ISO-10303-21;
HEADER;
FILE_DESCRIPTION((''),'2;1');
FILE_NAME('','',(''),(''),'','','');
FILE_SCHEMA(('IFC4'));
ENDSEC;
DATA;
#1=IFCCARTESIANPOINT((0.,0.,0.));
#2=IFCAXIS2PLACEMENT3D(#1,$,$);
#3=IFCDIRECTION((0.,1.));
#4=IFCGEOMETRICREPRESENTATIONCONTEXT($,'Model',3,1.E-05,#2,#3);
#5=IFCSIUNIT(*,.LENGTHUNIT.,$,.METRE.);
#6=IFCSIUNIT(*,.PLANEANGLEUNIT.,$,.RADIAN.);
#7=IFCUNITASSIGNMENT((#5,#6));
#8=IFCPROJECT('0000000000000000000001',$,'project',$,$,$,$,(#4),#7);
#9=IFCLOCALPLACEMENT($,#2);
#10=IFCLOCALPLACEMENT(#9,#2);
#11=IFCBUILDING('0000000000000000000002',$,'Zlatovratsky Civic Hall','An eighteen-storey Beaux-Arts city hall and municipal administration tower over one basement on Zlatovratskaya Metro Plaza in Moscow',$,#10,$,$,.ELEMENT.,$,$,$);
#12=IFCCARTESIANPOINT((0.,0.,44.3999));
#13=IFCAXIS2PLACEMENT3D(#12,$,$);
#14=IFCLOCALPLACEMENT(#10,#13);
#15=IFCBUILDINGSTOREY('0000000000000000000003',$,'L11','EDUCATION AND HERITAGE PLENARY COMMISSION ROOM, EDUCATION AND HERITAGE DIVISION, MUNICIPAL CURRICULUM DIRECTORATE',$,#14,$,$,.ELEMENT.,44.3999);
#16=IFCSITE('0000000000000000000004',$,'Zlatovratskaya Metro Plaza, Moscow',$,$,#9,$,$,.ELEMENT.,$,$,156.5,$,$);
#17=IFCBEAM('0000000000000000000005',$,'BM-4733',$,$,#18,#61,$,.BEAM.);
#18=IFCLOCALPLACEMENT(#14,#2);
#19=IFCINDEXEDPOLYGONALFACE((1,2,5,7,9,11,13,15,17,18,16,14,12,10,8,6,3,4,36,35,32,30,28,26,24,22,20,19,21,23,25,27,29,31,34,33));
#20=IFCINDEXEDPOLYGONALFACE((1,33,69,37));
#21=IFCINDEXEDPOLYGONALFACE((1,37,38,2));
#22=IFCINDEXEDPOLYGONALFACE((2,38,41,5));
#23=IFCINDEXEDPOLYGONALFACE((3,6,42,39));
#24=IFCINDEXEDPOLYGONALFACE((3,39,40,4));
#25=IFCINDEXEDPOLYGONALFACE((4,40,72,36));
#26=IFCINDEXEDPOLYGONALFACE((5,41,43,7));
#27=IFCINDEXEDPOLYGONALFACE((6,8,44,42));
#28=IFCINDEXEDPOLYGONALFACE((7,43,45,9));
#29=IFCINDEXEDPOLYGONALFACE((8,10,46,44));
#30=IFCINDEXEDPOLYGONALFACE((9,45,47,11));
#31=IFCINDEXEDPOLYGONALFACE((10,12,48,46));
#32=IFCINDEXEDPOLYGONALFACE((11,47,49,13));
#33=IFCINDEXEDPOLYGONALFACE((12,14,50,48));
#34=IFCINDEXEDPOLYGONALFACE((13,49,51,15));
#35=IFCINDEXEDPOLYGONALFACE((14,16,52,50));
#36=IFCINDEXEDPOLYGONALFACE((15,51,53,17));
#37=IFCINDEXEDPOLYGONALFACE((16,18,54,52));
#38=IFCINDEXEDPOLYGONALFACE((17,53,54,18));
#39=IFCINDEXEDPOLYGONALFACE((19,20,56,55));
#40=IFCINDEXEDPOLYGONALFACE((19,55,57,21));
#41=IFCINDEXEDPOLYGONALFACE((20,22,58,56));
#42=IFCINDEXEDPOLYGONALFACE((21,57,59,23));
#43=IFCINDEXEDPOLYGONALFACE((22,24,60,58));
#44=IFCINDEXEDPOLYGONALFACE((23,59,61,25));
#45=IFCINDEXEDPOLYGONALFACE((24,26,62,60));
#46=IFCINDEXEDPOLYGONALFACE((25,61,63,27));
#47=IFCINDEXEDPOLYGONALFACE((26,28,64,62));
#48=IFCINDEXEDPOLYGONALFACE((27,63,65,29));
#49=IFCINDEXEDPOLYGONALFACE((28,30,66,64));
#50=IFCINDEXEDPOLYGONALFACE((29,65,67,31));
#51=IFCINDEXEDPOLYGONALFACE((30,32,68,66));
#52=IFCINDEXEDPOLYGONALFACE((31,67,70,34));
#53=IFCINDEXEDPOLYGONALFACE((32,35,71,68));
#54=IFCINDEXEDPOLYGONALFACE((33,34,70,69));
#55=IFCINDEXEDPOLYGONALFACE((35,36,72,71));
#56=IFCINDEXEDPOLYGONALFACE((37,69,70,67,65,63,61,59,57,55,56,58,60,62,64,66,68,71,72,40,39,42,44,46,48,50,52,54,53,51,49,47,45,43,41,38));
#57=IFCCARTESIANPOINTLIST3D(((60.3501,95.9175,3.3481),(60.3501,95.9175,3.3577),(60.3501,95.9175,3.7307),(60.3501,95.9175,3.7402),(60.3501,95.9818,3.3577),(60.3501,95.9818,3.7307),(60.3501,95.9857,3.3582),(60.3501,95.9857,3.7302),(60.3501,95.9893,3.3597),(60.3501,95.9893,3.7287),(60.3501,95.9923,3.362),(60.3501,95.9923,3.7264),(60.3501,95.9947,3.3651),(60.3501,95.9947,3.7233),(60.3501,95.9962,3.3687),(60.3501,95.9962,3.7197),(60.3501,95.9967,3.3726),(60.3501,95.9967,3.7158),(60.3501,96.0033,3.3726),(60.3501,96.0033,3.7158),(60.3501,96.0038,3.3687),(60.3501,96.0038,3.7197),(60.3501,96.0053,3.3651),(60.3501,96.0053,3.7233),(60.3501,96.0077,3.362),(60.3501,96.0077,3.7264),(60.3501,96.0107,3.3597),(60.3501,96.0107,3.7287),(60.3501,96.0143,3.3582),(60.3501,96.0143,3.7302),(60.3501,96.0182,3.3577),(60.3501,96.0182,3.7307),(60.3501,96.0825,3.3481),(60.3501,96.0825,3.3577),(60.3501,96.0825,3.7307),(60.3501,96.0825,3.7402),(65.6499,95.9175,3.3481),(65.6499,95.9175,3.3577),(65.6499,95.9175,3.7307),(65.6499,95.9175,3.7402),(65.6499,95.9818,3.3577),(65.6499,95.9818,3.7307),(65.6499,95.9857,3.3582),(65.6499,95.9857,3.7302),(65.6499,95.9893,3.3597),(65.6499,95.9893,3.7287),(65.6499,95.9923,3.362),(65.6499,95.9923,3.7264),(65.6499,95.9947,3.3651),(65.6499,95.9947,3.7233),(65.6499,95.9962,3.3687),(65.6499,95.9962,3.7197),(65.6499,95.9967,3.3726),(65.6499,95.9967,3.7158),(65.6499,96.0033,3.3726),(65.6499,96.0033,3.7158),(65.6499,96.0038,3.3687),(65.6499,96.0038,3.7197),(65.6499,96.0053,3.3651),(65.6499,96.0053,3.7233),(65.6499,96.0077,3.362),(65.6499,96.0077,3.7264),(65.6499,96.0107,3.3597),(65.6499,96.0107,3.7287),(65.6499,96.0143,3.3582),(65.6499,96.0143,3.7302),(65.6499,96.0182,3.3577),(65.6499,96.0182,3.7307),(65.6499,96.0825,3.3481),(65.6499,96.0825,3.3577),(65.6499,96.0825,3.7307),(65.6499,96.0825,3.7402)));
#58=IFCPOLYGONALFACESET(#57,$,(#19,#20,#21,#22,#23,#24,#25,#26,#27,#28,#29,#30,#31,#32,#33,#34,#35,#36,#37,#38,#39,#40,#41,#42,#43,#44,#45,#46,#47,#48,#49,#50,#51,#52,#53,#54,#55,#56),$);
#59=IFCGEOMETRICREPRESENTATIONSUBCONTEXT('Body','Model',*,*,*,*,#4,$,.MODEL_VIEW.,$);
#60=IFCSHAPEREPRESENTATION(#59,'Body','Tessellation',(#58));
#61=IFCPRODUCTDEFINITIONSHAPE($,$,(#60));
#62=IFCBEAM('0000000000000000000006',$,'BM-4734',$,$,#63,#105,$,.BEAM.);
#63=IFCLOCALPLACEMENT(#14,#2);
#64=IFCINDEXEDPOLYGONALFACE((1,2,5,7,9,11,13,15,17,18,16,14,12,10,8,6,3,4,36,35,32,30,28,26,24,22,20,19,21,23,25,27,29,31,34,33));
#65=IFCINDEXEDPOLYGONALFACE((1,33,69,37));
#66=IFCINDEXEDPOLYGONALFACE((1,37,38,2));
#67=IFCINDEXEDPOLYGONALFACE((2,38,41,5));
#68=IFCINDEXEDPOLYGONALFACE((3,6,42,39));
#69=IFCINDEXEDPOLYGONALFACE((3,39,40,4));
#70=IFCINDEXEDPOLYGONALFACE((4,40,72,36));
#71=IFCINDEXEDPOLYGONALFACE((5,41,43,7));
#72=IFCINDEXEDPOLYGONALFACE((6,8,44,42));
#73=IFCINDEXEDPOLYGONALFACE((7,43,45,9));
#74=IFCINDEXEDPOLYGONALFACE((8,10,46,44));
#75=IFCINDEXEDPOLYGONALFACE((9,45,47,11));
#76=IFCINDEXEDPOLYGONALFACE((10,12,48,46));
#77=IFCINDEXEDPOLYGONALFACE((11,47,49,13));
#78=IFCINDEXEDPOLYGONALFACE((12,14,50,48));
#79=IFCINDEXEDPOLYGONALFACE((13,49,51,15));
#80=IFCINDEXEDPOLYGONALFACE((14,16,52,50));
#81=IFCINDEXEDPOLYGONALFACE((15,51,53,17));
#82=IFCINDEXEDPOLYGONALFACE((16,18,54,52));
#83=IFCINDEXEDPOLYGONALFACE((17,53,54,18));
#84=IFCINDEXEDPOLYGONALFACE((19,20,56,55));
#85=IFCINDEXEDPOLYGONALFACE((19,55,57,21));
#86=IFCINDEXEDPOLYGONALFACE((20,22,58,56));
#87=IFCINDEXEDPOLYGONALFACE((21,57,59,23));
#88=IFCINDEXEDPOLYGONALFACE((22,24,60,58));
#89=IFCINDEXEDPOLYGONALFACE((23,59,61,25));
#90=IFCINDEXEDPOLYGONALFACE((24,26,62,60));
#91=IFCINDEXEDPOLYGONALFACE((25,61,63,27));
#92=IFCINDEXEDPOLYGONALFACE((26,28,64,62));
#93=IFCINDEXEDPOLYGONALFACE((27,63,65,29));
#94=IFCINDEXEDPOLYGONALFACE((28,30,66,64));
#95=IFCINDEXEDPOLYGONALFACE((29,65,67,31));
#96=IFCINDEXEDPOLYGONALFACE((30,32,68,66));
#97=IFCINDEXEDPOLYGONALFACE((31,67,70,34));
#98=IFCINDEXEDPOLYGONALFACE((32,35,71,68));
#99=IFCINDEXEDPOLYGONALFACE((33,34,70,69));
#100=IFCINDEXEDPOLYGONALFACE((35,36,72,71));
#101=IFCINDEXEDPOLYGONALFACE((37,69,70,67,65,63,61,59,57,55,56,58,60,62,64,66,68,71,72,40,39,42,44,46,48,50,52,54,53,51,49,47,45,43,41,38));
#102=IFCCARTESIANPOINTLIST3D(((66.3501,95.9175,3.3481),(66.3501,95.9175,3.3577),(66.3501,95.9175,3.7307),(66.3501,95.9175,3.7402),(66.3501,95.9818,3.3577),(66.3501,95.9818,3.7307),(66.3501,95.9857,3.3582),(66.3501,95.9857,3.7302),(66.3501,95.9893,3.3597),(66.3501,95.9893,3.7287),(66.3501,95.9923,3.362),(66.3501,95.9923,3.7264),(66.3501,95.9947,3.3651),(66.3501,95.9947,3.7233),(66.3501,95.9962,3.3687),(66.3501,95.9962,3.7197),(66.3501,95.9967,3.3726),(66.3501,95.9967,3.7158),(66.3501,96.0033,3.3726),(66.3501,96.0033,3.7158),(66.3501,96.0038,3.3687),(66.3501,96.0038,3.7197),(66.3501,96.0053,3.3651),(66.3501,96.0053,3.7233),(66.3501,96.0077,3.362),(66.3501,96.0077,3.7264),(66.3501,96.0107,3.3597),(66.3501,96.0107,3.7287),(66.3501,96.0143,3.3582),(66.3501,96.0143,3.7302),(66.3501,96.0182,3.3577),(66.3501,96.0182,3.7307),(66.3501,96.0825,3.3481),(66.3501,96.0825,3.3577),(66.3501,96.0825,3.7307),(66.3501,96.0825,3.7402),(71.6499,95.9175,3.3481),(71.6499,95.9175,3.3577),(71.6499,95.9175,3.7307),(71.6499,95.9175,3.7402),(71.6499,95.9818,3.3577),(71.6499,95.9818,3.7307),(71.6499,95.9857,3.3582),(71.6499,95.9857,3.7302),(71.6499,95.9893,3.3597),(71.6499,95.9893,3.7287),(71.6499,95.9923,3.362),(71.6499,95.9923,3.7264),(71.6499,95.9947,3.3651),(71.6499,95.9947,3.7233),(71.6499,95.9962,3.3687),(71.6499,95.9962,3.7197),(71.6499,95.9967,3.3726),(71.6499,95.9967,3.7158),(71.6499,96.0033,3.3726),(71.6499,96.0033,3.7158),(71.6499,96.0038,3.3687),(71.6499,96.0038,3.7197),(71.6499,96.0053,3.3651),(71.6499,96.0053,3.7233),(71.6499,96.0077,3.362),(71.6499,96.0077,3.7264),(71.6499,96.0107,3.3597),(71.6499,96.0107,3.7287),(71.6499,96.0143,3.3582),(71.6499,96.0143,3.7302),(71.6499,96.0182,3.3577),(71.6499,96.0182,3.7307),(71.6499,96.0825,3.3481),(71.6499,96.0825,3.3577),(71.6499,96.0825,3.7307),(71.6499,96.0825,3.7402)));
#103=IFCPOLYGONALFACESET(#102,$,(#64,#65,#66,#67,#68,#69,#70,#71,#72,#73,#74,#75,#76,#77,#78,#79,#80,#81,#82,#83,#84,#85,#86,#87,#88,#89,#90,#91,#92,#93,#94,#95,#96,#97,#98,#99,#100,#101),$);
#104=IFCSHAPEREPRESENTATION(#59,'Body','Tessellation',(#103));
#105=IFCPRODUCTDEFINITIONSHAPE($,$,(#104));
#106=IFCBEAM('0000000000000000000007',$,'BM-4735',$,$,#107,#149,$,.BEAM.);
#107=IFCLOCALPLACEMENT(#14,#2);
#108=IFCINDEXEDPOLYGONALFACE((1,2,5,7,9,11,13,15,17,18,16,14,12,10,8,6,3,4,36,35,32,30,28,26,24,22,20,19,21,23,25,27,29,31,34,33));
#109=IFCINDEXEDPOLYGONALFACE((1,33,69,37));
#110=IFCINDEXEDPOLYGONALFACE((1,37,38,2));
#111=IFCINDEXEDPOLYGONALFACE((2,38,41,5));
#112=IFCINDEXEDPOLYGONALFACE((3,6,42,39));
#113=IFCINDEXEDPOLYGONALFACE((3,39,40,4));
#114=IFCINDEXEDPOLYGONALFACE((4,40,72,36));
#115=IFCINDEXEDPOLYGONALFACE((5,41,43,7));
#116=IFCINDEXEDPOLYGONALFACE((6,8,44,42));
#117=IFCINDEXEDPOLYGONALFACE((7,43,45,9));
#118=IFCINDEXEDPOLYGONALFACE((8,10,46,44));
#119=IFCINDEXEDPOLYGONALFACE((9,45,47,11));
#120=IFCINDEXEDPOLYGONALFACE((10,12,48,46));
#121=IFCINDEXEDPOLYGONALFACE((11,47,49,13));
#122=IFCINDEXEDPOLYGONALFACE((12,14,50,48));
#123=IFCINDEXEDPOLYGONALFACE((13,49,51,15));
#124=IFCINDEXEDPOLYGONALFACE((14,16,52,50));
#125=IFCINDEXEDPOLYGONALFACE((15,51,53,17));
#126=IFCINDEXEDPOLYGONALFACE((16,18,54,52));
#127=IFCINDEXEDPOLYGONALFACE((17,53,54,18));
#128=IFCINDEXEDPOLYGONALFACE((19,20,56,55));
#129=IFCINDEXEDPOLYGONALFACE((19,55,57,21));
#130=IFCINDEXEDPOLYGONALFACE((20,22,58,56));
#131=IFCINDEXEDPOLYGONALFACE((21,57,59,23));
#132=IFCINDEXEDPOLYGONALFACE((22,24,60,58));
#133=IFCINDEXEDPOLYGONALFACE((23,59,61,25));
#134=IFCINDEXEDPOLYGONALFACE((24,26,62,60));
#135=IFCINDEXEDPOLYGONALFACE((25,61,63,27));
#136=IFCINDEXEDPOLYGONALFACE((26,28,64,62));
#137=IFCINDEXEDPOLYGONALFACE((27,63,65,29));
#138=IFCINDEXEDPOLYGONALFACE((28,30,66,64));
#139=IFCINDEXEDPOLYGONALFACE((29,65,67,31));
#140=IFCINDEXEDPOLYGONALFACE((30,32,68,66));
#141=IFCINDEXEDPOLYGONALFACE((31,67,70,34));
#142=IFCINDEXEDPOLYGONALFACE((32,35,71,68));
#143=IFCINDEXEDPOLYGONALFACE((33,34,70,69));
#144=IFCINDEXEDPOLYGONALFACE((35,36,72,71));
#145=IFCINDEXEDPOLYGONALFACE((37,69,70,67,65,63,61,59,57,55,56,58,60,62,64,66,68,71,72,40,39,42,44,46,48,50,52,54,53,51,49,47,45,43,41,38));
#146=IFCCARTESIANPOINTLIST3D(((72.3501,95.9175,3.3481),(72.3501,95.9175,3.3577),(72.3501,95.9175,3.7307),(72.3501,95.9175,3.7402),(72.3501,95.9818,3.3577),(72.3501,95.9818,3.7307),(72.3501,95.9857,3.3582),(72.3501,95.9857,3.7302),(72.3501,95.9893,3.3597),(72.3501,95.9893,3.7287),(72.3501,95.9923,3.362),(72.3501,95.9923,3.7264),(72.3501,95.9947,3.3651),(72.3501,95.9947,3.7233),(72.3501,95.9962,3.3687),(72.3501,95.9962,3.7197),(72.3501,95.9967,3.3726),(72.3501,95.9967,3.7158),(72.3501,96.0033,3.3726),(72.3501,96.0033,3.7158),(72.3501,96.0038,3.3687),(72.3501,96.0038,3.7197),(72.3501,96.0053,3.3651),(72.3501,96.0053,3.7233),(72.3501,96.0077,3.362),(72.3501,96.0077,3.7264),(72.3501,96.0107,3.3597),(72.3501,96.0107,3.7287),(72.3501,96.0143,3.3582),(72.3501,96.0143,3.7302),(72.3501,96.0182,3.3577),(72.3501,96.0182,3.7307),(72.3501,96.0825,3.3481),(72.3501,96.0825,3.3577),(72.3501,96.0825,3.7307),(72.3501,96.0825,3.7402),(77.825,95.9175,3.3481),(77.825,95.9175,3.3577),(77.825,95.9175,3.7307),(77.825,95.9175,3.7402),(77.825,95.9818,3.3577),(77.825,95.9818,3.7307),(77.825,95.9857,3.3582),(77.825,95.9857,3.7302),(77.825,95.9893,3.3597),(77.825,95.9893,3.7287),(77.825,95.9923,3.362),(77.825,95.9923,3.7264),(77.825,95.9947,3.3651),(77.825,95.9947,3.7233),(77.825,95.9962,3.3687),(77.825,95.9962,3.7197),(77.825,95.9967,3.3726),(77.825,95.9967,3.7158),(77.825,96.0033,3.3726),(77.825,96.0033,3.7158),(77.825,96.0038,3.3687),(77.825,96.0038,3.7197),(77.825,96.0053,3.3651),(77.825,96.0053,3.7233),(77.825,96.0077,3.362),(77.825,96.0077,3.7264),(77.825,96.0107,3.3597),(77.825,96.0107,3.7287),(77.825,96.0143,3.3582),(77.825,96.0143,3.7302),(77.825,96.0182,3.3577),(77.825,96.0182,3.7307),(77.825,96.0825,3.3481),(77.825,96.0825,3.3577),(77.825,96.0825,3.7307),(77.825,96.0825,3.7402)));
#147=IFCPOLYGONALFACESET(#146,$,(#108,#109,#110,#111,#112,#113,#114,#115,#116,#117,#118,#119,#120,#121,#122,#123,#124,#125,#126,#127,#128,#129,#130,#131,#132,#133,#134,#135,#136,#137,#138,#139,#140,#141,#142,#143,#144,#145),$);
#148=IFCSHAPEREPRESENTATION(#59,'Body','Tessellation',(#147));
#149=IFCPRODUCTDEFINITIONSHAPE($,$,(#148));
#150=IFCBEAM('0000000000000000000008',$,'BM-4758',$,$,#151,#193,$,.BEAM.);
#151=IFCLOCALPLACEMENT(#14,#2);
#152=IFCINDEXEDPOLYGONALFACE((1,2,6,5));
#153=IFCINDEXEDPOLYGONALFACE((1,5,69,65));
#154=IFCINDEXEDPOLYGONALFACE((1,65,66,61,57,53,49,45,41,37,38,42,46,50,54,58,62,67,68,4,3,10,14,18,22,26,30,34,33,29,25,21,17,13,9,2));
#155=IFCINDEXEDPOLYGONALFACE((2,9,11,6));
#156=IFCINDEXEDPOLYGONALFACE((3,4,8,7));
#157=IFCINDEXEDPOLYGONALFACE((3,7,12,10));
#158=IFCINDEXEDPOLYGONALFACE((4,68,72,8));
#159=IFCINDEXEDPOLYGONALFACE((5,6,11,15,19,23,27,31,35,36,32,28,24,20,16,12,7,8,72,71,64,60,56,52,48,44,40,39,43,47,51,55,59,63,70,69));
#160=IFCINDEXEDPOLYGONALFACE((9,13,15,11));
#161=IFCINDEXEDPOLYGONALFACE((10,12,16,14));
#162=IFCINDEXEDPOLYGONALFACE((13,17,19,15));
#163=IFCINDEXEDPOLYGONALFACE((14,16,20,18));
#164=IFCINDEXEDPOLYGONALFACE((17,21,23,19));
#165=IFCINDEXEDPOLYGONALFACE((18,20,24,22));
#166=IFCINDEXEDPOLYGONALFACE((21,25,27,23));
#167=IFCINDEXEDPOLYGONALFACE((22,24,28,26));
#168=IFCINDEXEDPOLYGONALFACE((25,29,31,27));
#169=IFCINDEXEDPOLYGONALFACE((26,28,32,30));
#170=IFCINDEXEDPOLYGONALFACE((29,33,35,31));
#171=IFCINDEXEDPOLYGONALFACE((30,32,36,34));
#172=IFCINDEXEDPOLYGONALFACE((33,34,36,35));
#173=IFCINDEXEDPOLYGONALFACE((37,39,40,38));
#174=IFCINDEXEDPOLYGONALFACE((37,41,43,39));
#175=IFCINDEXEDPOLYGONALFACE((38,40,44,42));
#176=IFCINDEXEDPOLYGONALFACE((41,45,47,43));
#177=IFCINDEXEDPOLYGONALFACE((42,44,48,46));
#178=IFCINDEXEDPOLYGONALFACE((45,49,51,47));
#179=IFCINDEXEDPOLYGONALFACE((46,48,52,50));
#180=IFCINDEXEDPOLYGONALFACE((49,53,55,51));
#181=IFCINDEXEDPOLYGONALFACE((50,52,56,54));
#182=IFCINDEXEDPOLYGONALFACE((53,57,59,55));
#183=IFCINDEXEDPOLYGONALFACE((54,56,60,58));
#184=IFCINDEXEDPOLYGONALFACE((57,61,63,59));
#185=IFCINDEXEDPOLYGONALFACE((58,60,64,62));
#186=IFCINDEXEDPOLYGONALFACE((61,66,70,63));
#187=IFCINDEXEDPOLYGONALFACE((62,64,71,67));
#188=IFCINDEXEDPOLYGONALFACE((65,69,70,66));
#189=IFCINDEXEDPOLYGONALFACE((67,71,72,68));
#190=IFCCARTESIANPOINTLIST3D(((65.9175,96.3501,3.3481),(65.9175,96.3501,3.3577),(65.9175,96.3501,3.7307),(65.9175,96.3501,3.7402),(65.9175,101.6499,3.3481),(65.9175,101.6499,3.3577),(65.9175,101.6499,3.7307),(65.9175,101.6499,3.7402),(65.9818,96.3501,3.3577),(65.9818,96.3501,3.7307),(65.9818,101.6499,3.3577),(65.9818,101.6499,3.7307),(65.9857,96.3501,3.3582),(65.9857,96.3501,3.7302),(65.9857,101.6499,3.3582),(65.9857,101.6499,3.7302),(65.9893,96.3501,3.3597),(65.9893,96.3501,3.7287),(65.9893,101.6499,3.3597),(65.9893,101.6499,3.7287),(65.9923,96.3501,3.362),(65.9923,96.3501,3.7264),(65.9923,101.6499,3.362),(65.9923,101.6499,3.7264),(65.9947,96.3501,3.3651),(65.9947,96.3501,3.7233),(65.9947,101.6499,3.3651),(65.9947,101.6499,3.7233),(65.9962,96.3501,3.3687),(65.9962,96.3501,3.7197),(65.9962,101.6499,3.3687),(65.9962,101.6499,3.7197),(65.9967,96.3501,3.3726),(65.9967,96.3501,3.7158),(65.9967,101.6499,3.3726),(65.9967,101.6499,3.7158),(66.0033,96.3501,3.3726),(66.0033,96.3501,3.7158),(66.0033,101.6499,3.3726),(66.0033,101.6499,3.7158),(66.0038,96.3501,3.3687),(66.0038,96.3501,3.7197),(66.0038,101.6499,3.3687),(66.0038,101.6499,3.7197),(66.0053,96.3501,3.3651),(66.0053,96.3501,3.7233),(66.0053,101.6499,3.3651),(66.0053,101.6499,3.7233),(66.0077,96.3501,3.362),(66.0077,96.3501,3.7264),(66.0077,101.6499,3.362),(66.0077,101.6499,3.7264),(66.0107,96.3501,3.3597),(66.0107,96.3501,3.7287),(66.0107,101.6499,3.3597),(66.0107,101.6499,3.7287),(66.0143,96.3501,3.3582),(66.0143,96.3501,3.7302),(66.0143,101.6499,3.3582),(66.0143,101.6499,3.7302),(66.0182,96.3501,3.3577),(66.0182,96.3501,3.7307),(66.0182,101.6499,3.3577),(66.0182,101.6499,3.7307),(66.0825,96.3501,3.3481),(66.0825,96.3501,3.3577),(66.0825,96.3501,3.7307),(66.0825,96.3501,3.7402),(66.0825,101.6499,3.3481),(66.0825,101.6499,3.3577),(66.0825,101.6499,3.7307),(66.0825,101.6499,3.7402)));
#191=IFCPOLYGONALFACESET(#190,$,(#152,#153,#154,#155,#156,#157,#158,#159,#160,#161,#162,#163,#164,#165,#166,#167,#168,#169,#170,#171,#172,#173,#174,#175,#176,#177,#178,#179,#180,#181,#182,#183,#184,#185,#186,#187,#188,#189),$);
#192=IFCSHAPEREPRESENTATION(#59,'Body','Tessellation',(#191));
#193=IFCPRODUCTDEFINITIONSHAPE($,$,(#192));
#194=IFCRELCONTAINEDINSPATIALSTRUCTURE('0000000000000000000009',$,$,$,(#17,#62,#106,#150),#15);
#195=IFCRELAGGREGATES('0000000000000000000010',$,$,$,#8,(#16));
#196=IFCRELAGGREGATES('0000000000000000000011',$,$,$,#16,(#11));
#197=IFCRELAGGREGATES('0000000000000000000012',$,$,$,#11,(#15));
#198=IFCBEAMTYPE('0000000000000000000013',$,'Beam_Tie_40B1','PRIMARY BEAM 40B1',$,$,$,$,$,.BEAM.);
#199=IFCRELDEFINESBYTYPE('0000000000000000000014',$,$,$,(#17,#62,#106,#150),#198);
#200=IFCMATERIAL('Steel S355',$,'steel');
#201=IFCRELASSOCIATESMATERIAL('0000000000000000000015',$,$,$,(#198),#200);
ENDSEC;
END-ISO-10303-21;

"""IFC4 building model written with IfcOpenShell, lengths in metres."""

from ifc_helpers import new_model, si_unit, direction, frame, origin, origin_2d, place, context, subcontext, project, spatial, i_section, extrude, material, material_profile, profile_set, type_object, element, save


model = new_model("IFC4")

# Units and contexts
model_context = context("Model", 3, precision=1e-05, world=origin(), true_north=direction((0.0, 1.0)))
body_context = subcontext(model_context, "Body", "Model", "MODEL_VIEW")
ifc_project = project(units=[si_unit("LENGTHUNIT", "METRE"), si_unit("PLANEANGLEUNIT", "RADIAN")], contexts=[model_context])

# Site, building, storey
site_placement = place(None, origin())
site = spatial("IfcSite", under=ifc_project, at=site_placement, Name="Zlatovratskaya Metro Plaza, Moscow", CompositionType="ELEMENT", RefElevation=156.5)
building_placement = place(site_placement, origin())
building = spatial("IfcBuilding", under=site, at=building_placement, Name="Zlatovratsky Civic Hall", Description="An eighteen-storey Beaux-Arts city hall and municipal administration tower over one basement on Zlatovratskaya Metro Plaza in Moscow", CompositionType="ELEMENT")
storey_placement = place(building_placement, frame((0.0, 0.0, 44.3999)))
storey = spatial("IfcBuildingStorey", under=building, at=storey_placement, Name="L11", Description="EDUCATION AND HERITAGE PLENARY COMMISSION ROOM, EDUCATION AND HERITAGE DIVISION, MUNICIPAL CURRICULUM DIRECTORATE", CompositionType="ELEMENT", Elevation=44.3999)

# Beams
ifc_material_1 = material(Name="Steel S355", Category="steel")
ifc_material_profile_1 = material_profile(ifc_material_1, i_section(OverallWidth=0.165, OverallDepth=0.3921, WebThickness=0.0066, FlangeThickness=0.0095, FilletRadius=0.0149, at=origin_2d()), Name="40B1")
ifc_profile_set_1 = profile_set([ifc_material_profile_1], Name="Steel S355")
beam_type_1 = type_object("IfcBeamType", Name="Beam_Tie_40B1", Description="PRIMARY BEAM 40B1", PredefinedType="BEAM", material=ifc_profile_set_1)
for number, where, z_axis, x_axis, name in (
    (1, (60.3501, 96.0, 3.5442), (1.0, 0.0, 0.0), (0.0, 1.0, 0.0), "BM-4733"),
    (2, (66.3501, 96.0, 3.5442), (1.0, 0.0, 0.0), (0.0, 1.0, 0.0), "BM-4734"),
):
    element("IfcBeam", number, at=place(storey_placement, frame(where, z_axis=z_axis, x_axis=x_axis)), inside=storey, type_object=beam_type_1, Name=name, PredefinedType="BEAM", context=body_context, shape_type="SweptSolid", body=[
        extrude(i_section(OverallWidth=0.165, OverallDepth=0.3921, WebThickness=0.0066, FlangeThickness=0.0095, FilletRadius=0.0149, at=origin_2d()), origin(), (0.0, 0.0, 1.0), 5.2998),
    ])
beam_placement = place(storey_placement, frame((72.3501, 96.0, 3.5442), z_axis=(1.0, 0.0, 0.0), x_axis=(0.0, 1.0, 0.0)))
element("IfcBeam", 3, at=beam_placement, inside=storey, type_object=beam_type_1, Name="BM-4735", PredefinedType="BEAM", context=body_context, shape_type="SweptSolid", body=[
    extrude(i_section(OverallWidth=0.165, OverallDepth=0.3921, WebThickness=0.0066, FlangeThickness=0.0095, FilletRadius=0.0149, at=origin_2d()), origin(), (0.0, 0.0, 1.0), 5.4749),
])
for number, where, z_axis, x_axis, name in (
    (4, (66.0, 96.3501, 3.5442), (0.0, 1.0, 0.0), (-1.0, 0.0, 0.0), "BM-4758"),
):
    element("IfcBeam", number, at=place(storey_placement, frame(where, z_axis=z_axis, x_axis=x_axis)), inside=storey, type_object=beam_type_1, Name=name, PredefinedType="BEAM", context=body_context, shape_type="SweptSolid", body=[
        extrude(i_section(OverallWidth=0.165, OverallDepth=0.3921, WebThickness=0.0066, FlangeThickness=0.0095, FilletRadius=0.0149, at=origin_2d()), origin(), (0.0, 0.0, 1.0), 5.2998),
    ])

save(model, "model.ifc")
